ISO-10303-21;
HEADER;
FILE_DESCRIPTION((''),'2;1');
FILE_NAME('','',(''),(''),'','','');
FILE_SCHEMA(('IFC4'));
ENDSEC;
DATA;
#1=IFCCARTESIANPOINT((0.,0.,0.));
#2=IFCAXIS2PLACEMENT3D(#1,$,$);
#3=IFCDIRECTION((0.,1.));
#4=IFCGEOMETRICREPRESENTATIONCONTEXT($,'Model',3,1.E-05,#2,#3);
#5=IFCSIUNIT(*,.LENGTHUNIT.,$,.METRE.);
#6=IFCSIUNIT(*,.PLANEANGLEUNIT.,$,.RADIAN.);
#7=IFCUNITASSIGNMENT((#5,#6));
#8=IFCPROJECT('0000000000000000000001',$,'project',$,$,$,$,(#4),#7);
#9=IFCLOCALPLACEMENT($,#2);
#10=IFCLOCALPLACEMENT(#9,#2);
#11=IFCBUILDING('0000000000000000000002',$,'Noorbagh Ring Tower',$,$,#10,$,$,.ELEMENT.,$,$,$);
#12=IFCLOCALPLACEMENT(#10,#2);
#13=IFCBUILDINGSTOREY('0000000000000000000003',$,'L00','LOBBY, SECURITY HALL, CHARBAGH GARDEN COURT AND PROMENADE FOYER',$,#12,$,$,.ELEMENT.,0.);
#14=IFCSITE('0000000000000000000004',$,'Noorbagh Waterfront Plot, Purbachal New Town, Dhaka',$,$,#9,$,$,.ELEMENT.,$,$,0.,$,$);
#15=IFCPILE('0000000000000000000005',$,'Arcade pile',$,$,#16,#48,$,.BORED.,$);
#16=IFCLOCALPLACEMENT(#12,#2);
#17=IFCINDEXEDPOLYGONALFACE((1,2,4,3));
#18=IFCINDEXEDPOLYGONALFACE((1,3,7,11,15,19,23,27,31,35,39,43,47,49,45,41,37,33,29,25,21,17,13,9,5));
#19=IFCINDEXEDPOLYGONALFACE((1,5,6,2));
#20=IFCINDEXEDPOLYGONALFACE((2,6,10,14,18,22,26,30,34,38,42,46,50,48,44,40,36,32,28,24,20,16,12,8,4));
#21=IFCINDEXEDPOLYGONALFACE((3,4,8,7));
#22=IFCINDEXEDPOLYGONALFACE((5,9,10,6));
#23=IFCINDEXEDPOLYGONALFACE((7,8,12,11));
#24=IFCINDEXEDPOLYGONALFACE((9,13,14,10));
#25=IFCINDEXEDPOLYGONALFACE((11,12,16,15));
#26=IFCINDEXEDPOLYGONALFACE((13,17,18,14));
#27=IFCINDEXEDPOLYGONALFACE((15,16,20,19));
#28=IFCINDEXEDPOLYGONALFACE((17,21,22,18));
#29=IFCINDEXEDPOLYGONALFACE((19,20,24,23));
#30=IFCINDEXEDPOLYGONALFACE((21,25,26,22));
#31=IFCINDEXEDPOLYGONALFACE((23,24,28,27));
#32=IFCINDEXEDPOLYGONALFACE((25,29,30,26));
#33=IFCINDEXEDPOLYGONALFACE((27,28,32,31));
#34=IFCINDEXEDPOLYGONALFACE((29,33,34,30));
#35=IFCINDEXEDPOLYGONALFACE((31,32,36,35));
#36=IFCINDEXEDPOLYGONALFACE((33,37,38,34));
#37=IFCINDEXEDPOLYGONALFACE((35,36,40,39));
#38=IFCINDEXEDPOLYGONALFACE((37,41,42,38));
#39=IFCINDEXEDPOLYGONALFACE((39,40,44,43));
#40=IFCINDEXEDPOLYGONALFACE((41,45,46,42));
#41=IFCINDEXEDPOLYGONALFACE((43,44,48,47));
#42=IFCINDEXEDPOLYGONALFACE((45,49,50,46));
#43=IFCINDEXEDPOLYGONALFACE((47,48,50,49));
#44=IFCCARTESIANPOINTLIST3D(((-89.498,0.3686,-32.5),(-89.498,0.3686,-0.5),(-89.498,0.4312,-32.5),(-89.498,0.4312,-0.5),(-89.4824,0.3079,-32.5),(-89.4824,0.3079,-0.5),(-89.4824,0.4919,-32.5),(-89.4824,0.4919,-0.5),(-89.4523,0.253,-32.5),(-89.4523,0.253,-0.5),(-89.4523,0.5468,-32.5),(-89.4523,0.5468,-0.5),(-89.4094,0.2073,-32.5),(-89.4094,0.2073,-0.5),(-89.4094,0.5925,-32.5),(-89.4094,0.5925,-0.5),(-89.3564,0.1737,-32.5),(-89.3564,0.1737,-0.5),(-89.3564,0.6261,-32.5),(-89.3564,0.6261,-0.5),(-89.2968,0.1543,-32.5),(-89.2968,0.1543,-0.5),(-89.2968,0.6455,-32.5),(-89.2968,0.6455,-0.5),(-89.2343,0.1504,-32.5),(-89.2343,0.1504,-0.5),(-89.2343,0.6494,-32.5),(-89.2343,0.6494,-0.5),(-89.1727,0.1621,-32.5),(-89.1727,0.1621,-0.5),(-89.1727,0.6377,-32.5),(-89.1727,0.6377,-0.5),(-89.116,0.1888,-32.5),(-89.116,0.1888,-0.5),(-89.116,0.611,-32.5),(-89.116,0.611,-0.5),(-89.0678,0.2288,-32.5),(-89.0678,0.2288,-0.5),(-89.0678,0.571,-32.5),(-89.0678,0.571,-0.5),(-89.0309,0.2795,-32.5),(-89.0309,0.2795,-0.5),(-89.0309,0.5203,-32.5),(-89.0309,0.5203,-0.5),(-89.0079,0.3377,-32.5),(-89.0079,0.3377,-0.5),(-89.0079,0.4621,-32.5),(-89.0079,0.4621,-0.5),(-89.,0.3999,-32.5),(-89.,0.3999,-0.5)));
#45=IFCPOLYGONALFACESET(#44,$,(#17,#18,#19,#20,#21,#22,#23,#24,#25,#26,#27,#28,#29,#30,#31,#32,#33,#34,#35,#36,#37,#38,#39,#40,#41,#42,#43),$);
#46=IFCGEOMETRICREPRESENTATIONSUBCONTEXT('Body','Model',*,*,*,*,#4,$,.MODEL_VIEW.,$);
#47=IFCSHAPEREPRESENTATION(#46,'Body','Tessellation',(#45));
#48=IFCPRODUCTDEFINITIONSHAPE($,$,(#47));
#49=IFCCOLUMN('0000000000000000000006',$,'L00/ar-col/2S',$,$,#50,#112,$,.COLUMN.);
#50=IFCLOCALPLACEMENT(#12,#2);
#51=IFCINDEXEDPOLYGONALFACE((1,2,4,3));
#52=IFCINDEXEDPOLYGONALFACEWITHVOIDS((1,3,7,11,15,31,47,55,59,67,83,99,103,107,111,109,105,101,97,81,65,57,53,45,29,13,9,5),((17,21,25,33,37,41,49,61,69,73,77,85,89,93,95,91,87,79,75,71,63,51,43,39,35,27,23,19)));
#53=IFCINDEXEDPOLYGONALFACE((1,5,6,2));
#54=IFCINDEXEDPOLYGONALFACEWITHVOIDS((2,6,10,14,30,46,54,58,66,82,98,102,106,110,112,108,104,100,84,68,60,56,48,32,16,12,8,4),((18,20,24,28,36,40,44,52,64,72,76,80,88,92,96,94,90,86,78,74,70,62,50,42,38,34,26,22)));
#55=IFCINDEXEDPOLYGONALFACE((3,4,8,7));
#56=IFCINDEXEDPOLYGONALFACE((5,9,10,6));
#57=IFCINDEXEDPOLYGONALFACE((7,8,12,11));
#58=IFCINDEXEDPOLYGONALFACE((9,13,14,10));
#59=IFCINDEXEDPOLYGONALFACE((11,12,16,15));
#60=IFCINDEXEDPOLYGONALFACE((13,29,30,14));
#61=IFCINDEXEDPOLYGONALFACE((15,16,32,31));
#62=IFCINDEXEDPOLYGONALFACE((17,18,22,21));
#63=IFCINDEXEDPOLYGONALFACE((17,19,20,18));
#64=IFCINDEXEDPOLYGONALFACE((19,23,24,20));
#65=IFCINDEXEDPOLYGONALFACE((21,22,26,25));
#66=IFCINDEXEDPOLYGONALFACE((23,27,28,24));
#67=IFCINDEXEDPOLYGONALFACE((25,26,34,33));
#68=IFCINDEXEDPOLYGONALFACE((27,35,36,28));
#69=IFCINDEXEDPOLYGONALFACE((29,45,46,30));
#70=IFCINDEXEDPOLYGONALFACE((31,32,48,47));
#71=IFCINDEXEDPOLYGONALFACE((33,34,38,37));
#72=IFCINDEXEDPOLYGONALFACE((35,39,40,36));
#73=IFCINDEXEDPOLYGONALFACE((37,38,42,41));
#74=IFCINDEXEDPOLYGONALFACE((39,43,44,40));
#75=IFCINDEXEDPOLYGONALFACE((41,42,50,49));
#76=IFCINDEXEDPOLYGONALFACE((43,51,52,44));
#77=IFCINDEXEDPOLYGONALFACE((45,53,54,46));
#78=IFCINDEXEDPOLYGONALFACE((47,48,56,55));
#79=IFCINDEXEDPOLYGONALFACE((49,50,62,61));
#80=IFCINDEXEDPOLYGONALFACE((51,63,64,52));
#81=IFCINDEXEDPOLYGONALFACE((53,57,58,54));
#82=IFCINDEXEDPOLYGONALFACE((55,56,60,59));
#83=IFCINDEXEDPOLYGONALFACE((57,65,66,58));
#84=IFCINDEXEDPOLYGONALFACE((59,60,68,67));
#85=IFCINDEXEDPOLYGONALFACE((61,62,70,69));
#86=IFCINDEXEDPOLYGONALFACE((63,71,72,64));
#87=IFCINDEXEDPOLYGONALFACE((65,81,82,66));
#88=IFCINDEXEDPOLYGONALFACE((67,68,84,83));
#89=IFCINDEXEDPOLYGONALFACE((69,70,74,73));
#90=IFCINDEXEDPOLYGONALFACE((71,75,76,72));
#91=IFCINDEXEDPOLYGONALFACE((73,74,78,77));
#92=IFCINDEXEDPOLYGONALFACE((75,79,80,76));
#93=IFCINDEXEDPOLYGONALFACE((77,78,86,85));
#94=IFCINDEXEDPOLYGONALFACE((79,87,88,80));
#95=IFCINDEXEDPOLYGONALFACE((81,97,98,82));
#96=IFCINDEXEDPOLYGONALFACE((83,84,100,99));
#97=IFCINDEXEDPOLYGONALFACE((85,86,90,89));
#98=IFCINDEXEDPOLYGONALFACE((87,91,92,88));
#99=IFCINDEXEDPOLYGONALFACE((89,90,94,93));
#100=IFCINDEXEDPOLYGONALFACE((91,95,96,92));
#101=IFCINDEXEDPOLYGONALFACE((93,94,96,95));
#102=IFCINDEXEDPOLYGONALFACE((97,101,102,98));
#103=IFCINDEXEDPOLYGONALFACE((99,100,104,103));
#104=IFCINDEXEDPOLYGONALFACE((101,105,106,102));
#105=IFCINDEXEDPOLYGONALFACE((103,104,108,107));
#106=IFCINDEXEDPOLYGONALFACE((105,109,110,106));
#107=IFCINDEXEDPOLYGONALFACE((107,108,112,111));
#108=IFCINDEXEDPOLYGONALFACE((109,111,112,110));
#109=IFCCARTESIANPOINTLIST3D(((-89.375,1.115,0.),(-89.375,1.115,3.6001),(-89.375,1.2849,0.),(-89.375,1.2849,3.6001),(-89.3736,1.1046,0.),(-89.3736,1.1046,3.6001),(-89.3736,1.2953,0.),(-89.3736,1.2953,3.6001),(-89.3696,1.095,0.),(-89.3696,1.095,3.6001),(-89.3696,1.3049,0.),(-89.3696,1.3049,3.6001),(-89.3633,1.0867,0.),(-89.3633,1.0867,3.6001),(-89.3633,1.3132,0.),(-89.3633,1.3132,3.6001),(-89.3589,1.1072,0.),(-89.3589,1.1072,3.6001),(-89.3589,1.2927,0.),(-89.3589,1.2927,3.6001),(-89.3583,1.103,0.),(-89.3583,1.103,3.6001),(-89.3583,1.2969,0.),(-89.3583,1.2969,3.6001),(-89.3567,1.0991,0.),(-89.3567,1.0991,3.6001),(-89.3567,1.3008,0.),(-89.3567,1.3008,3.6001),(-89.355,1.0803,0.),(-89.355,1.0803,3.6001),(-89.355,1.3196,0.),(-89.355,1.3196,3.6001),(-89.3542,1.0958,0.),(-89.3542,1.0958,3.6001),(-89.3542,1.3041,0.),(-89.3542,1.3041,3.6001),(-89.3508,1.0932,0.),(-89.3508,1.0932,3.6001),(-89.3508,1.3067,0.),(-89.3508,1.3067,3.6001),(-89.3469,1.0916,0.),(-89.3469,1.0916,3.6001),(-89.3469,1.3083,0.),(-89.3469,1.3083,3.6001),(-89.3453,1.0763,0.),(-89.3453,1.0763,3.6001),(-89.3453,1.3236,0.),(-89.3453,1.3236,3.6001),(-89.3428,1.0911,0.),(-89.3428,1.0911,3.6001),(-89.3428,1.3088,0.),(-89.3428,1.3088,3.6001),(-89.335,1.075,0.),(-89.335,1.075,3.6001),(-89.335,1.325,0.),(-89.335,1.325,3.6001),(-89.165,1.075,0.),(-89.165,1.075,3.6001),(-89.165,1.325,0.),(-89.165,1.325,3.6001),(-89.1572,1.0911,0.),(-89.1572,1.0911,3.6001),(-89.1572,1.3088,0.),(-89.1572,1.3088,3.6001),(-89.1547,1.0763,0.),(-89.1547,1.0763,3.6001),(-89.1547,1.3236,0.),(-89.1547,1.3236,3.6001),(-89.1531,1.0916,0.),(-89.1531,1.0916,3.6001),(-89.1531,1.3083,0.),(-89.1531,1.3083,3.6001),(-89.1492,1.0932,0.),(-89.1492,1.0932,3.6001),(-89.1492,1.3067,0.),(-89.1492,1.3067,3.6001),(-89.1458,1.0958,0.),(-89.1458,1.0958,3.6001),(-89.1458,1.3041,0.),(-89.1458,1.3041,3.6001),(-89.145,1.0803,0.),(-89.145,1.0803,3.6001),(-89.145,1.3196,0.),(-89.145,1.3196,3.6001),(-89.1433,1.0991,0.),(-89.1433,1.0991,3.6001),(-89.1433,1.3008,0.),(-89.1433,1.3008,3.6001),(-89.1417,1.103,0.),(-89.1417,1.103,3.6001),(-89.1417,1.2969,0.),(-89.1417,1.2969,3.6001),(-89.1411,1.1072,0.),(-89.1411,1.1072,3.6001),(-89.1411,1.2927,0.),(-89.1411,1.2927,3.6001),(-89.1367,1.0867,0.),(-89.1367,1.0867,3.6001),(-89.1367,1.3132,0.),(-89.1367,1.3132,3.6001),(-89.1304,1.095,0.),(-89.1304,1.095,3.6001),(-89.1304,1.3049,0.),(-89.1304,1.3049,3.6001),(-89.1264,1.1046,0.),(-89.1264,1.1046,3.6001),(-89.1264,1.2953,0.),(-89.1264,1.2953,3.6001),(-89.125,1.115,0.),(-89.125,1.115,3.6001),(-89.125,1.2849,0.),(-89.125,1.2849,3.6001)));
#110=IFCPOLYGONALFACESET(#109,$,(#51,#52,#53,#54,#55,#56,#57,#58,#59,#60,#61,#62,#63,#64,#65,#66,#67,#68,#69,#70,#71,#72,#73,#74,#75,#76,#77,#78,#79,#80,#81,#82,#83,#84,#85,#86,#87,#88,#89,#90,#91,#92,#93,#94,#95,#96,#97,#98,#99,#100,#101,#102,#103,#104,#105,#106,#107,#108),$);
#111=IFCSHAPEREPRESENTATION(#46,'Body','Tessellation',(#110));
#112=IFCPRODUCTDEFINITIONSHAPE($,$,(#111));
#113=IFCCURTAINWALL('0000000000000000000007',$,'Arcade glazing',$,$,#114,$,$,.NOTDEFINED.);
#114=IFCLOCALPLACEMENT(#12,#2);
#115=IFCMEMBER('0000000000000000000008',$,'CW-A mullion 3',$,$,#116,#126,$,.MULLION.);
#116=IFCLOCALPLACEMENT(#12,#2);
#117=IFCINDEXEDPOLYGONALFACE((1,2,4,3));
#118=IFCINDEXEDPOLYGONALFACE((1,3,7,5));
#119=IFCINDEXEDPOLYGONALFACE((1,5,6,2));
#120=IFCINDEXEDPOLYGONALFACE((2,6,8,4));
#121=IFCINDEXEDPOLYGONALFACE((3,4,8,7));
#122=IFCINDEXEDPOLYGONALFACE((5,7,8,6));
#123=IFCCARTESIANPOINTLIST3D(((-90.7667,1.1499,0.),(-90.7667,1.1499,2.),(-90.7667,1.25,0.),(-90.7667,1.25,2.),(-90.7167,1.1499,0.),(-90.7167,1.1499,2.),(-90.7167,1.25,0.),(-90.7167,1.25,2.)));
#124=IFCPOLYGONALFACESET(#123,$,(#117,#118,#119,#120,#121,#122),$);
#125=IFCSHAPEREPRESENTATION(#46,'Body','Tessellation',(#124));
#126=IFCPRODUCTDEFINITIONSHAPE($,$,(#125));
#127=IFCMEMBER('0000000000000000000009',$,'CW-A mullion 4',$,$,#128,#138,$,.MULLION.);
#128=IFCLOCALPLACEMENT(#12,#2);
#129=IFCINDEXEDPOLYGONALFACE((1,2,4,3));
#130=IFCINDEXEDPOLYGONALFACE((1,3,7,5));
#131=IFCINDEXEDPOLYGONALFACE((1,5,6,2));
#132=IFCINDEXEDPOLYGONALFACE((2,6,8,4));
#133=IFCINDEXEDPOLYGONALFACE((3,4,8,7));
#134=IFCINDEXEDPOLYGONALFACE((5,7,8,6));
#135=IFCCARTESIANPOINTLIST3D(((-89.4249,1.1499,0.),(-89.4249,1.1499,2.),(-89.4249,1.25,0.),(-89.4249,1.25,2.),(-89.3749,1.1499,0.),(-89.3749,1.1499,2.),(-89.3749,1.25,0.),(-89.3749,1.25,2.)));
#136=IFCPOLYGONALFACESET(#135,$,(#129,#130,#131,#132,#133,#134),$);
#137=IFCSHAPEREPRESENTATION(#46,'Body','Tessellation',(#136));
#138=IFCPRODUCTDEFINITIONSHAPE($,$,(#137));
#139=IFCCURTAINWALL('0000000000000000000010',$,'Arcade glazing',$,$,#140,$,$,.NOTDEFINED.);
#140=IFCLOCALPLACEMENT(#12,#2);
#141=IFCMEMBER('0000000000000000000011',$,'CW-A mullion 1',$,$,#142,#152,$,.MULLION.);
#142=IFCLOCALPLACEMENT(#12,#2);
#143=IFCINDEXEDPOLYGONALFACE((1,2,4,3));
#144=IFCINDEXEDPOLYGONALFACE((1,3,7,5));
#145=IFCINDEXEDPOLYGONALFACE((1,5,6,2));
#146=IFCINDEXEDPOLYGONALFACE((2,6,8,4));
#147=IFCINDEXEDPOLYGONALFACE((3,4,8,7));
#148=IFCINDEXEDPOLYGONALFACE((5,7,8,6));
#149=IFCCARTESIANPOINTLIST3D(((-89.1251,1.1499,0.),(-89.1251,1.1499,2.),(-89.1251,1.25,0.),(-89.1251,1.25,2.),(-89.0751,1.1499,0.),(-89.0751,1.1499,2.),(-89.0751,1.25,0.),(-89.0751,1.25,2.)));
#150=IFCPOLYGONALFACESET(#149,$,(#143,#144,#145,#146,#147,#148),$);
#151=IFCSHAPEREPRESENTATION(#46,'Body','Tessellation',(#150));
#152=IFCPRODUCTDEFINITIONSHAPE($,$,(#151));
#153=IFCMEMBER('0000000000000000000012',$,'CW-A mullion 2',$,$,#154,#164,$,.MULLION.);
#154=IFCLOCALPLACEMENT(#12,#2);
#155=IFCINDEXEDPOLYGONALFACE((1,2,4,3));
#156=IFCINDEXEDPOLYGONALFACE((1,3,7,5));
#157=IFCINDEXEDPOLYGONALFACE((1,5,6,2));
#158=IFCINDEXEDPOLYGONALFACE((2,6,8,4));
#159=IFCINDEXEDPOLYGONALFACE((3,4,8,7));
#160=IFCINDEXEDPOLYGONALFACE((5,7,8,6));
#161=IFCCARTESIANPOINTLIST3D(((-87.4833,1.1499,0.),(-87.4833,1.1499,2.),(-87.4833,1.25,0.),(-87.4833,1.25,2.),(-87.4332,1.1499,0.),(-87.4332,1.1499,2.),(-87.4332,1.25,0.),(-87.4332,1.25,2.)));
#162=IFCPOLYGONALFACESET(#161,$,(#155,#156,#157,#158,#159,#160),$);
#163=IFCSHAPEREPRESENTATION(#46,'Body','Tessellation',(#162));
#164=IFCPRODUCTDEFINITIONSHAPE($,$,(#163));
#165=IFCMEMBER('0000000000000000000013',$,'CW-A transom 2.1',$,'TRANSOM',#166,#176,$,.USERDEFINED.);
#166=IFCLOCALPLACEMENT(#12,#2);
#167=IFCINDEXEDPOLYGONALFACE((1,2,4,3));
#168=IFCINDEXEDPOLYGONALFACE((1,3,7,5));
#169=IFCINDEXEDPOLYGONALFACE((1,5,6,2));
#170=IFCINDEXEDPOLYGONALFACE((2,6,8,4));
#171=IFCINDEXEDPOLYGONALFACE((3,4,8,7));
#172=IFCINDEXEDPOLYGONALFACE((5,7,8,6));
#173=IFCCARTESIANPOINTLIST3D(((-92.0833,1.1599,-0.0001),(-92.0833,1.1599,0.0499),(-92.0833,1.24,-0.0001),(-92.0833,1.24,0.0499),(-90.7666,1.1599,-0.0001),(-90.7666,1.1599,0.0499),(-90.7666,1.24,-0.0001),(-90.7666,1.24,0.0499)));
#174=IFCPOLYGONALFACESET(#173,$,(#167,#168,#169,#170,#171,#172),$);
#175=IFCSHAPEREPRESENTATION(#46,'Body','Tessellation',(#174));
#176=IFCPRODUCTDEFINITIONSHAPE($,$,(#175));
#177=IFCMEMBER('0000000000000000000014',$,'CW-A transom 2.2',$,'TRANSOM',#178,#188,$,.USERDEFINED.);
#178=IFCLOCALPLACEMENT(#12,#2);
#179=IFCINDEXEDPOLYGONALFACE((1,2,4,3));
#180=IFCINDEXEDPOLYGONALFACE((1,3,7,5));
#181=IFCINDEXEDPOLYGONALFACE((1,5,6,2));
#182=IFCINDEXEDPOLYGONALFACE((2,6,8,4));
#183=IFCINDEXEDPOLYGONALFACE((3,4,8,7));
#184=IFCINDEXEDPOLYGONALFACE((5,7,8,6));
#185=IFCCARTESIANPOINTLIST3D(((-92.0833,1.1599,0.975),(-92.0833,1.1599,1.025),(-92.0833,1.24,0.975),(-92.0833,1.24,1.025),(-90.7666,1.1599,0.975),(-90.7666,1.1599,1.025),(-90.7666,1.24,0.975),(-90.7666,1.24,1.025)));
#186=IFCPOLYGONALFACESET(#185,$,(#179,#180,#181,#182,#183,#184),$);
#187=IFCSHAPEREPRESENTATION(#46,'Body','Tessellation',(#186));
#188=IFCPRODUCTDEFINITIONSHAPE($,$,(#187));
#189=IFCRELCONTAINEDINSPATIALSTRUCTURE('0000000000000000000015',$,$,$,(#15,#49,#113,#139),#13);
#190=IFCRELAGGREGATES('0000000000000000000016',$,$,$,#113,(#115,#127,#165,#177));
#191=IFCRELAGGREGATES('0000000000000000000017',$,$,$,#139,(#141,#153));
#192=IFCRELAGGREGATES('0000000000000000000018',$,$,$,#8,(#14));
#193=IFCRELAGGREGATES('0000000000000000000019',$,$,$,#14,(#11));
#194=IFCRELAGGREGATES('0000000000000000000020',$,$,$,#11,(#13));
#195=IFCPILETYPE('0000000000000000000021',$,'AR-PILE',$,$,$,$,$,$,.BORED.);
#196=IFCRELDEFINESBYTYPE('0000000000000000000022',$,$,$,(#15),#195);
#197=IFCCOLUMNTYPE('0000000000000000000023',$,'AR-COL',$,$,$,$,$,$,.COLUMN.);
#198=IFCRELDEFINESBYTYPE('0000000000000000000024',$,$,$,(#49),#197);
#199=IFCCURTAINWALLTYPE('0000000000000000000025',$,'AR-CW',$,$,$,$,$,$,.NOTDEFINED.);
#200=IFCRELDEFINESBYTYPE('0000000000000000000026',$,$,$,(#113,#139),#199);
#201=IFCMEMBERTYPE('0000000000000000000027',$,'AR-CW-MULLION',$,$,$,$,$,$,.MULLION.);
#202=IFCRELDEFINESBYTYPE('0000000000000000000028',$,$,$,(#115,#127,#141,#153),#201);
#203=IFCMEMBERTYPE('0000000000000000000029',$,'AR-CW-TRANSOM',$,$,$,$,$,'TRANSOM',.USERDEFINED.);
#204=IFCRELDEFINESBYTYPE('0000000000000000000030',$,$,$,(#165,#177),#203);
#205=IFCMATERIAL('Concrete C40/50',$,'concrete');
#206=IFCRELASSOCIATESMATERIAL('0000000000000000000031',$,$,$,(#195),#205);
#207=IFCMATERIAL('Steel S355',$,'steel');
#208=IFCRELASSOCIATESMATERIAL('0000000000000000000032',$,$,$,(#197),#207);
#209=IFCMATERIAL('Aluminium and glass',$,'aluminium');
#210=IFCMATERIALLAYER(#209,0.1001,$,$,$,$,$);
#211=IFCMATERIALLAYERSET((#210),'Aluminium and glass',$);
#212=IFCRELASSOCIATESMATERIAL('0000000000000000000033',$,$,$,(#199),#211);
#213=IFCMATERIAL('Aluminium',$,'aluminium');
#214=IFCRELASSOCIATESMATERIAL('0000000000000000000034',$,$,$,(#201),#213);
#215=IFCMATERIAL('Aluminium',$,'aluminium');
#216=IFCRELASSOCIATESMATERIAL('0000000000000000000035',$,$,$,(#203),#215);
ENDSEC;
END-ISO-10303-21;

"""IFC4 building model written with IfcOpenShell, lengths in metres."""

from ifc_helpers import new_model, si_unit, direction, frame, origin, origin_2d, place, context, subcontext, project, spatial, rectangle, hollow_rectangle, circle, extrude, material, layer, layer_set, material_profile, profile_set, type_object, element, aggregate, save


model = new_model("IFC4")

# Units and contexts
model_context = context("Model", 3, precision=1e-05, world=origin(), true_north=direction((0.0, 1.0)))
body_context = subcontext(model_context, "Body", "Model", "MODEL_VIEW")
ifc_project = project(units=[si_unit("LENGTHUNIT", "METRE"), si_unit("PLANEANGLEUNIT", "RADIAN")], contexts=[model_context])

# Site, building, storey
site_placement = place(None, origin())
site = spatial("IfcSite", under=ifc_project, at=site_placement, Name="Noorbagh Waterfront Plot, Purbachal New Town, Dhaka", CompositionType="ELEMENT", RefElevation=0.0)
building_placement = place(site_placement, origin())
building = spatial("IfcBuilding", under=site, at=building_placement, Name="Noorbagh Ring Tower", CompositionType="ELEMENT")
storey_placement = place(building_placement, origin())
storey = spatial("IfcBuildingStorey", under=building, at=storey_placement, Name="L00", Description="LOBBY, SECURITY HALL, CHARBAGH GARDEN COURT AND PROMENADE FOYER", CompositionType="ELEMENT", Elevation=0.0)

# Pile
ifc_material_1 = material(Name="Concrete C40/50", Category="concrete")
ifc_material_profile_1 = material_profile(ifc_material_1, circle(Radius=0.25, at=origin_2d()), Name="PILE500")
ifc_profile_set_1 = profile_set([ifc_material_profile_1], Name="Concrete C40/50")
pile_type = type_object("IfcPileType", Name="AR-PILE", PredefinedType="BORED", material=ifc_profile_set_1)
pile_placement = place(storey_placement, frame((-89.25, 0.3999, -0.5), z_axis=(0.0, 0.0, -1.0), x_axis=(1.0, 0.0, 0.0)))
element("IfcPile", 1, at=pile_placement, inside=storey, type_object=pile_type, Name="Arcade pile", PredefinedType="BORED", context=body_context, shape_type="SweptSolid", body=[
    extrude(circle(Radius=0.25, at=origin_2d()), origin(), (0.0, 0.0, 1.0), 32.0),
])

# Column
ifc_material_2 = material(Name="Steel S355", Category="steel")
ifc_material_profile_2 = material_profile(ifc_material_2, hollow_rectangle(XDim=0.25, YDim=0.25, WallThickness=0.0161, InnerFilletRadius=0.0161, OuterFilletRadius=0.04, at=origin_2d()), Name="SHS250x250x16")
ifc_profile_set_2 = profile_set([ifc_material_profile_2], Name="Steel S355")
column_type = type_object("IfcColumnType", Name="AR-COL", PredefinedType="COLUMN", material=ifc_profile_set_2)
column_placement = place(storey_placement, frame((-89.25, 1.2, 0.0), z_axis=(0.0, 0.0, 1.0), x_axis=(1.0, 0.0, 0.0)))
element("IfcColumn", 2, at=column_placement, inside=storey, type_object=column_type, Name="L00/ar-col/2S", PredefinedType="COLUMN", context=body_context, shape_type="SweptSolid", body=[
    extrude(hollow_rectangle(XDim=0.25, YDim=0.25, WallThickness=0.0161, InnerFilletRadius=0.0161, OuterFilletRadius=0.04, at=origin_2d()), origin(), (0.0, 0.0, 1.0), 3.6001),
])

# Curtain walls, members
ifc_material_3 = material(Name="Aluminium and glass", Category="aluminium")
ifc_layer_1 = layer(ifc_material_3, 0.1001)
ifc_layer_set_1 = layer_set([ifc_layer_1], Name="Aluminium and glass")
curtain_wall_type = type_object("IfcCurtainWallType", Name="AR-CW", PredefinedType="NOTDEFINED", material=ifc_layer_set_1)
curtain_wall_1_placement = place(storey_placement, origin())
curtain_wall_1 = element("IfcCurtainWall", 3, at=curtain_wall_1_placement, inside=storey, type_object=curtain_wall_type, Name="Arcade glazing", PredefinedType="NOTDEFINED")
ifc_material_4 = material(Name="Aluminium", Category="aluminium")
ifc_material_profile_3 = material_profile(ifc_material_4, rectangle(XDim=0.1001, YDim=0.05, at=origin_2d()), Name="AL 100x50")
ifc_profile_set_3 = profile_set([ifc_material_profile_3], Name="Aluminium")
member_type_1 = type_object("IfcMemberType", Name="AR-CW-MULLION", PredefinedType="MULLION", material=ifc_profile_set_3)
member_1_placement = place(storey_placement, frame((-90.7417, 1.2, 0.0), z_axis=(0.0, 0.0, 1.0), x_axis=(0.0, 1.0, 0.0)))
member_1 = element("IfcMember", 4, at=member_1_placement, type_object=member_type_1, Name="CW-A mullion 3", PredefinedType="MULLION", context=body_context, shape_type="SweptSolid", body=[
    extrude(rectangle(XDim=0.1001, YDim=0.05, at=origin_2d()), origin(), (0.0, 0.0, 1.0), 2.0),
])
member_2_placement = place(storey_placement, frame((-89.3999, 1.2, 0.0), z_axis=(0.0, 0.0, 1.0), x_axis=(0.0, 1.0, 0.0)))
member_2 = element("IfcMember", 5, at=member_2_placement, type_object=member_type_1, Name="CW-A mullion 4", PredefinedType="MULLION", context=body_context, shape_type="SweptSolid", body=[
    extrude(rectangle(XDim=0.1001, YDim=0.05, at=origin_2d()), origin(), (0.0, 0.0, 1.0), 2.0),
])
curtain_wall_2_placement = place(storey_placement, origin())
curtain_wall_2 = element("IfcCurtainWall", 6, at=curtain_wall_2_placement, inside=storey, type_object=curtain_wall_type, Name="Arcade glazing", PredefinedType="NOTDEFINED")
member_3_placement = place(storey_placement, frame((-89.1001, 1.2, 0.0), z_axis=(0.0, 0.0, 1.0), x_axis=(0.0, 1.0, 0.0)))
member_3 = element("IfcMember", 7, at=member_3_placement, type_object=member_type_1, Name="CW-A mullion 1", PredefinedType="MULLION", context=body_context, shape_type="SweptSolid", body=[
    extrude(rectangle(XDim=0.1001, YDim=0.05, at=origin_2d()), origin(), (0.0, 0.0, 1.0), 2.0),
])
member_4_placement = place(storey_placement, frame((-87.4583, 1.2, 0.0), z_axis=(0.0, 0.0, 1.0), x_axis=(0.0, 1.0, 0.0)))
member_4 = element("IfcMember", 8, at=member_4_placement, type_object=member_type_1, Name="CW-A mullion 2", PredefinedType="MULLION", context=body_context, shape_type="SweptSolid", body=[
    extrude(rectangle(XDim=0.1001, YDim=0.05, at=origin_2d()), origin(), (0.0, 0.0, 1.0), 2.0),
])

# Members
ifc_material_5 = material(Name="Aluminium", Category="aluminium")
ifc_material_profile_4 = material_profile(ifc_material_5, rectangle(XDim=0.0801, YDim=0.05, at=origin_2d()), Name="AL 80x50")
ifc_profile_set_4 = profile_set([ifc_material_profile_4], Name="Aluminium")
member_type_2 = type_object("IfcMemberType", Name="AR-CW-TRANSOM", ElementType="TRANSOM", PredefinedType="USERDEFINED", material=ifc_profile_set_4)
member_5_placement = place(storey_placement, frame((-92.0833, 1.2, 0.0249), z_axis=(1.0, 0.0, 0.0), x_axis=(0.0, 1.0, 0.0)))
member_5 = element("IfcMember", 9, at=member_5_placement, type_object=member_type_2, Name="CW-A transom 2.1", ObjectType="TRANSOM", PredefinedType="USERDEFINED", context=body_context, shape_type="SweptSolid", body=[
    extrude(rectangle(XDim=0.0801, YDim=0.05, at=origin_2d()), origin(), (0.0, 0.0, 1.0), 1.3167),
])
member_6_placement = place(storey_placement, frame((-92.0833, 1.2, 1.0), z_axis=(1.0, 0.0, 0.0), x_axis=(0.0, 1.0, 0.0)))
member_6 = element("IfcMember", 10, at=member_6_placement, type_object=member_type_2, Name="CW-A transom 2.2", ObjectType="TRANSOM", PredefinedType="USERDEFINED", context=body_context, shape_type="SweptSolid", body=[
    extrude(rectangle(XDim=0.0801, YDim=0.05, at=origin_2d()), origin(), (0.0, 0.0, 1.0), 1.3167),
])

aggregate(curtain_wall_1, [member_1, member_2, member_5, member_6])
aggregate(curtain_wall_2, [member_3, member_4])

save(model, "model.ifc")
